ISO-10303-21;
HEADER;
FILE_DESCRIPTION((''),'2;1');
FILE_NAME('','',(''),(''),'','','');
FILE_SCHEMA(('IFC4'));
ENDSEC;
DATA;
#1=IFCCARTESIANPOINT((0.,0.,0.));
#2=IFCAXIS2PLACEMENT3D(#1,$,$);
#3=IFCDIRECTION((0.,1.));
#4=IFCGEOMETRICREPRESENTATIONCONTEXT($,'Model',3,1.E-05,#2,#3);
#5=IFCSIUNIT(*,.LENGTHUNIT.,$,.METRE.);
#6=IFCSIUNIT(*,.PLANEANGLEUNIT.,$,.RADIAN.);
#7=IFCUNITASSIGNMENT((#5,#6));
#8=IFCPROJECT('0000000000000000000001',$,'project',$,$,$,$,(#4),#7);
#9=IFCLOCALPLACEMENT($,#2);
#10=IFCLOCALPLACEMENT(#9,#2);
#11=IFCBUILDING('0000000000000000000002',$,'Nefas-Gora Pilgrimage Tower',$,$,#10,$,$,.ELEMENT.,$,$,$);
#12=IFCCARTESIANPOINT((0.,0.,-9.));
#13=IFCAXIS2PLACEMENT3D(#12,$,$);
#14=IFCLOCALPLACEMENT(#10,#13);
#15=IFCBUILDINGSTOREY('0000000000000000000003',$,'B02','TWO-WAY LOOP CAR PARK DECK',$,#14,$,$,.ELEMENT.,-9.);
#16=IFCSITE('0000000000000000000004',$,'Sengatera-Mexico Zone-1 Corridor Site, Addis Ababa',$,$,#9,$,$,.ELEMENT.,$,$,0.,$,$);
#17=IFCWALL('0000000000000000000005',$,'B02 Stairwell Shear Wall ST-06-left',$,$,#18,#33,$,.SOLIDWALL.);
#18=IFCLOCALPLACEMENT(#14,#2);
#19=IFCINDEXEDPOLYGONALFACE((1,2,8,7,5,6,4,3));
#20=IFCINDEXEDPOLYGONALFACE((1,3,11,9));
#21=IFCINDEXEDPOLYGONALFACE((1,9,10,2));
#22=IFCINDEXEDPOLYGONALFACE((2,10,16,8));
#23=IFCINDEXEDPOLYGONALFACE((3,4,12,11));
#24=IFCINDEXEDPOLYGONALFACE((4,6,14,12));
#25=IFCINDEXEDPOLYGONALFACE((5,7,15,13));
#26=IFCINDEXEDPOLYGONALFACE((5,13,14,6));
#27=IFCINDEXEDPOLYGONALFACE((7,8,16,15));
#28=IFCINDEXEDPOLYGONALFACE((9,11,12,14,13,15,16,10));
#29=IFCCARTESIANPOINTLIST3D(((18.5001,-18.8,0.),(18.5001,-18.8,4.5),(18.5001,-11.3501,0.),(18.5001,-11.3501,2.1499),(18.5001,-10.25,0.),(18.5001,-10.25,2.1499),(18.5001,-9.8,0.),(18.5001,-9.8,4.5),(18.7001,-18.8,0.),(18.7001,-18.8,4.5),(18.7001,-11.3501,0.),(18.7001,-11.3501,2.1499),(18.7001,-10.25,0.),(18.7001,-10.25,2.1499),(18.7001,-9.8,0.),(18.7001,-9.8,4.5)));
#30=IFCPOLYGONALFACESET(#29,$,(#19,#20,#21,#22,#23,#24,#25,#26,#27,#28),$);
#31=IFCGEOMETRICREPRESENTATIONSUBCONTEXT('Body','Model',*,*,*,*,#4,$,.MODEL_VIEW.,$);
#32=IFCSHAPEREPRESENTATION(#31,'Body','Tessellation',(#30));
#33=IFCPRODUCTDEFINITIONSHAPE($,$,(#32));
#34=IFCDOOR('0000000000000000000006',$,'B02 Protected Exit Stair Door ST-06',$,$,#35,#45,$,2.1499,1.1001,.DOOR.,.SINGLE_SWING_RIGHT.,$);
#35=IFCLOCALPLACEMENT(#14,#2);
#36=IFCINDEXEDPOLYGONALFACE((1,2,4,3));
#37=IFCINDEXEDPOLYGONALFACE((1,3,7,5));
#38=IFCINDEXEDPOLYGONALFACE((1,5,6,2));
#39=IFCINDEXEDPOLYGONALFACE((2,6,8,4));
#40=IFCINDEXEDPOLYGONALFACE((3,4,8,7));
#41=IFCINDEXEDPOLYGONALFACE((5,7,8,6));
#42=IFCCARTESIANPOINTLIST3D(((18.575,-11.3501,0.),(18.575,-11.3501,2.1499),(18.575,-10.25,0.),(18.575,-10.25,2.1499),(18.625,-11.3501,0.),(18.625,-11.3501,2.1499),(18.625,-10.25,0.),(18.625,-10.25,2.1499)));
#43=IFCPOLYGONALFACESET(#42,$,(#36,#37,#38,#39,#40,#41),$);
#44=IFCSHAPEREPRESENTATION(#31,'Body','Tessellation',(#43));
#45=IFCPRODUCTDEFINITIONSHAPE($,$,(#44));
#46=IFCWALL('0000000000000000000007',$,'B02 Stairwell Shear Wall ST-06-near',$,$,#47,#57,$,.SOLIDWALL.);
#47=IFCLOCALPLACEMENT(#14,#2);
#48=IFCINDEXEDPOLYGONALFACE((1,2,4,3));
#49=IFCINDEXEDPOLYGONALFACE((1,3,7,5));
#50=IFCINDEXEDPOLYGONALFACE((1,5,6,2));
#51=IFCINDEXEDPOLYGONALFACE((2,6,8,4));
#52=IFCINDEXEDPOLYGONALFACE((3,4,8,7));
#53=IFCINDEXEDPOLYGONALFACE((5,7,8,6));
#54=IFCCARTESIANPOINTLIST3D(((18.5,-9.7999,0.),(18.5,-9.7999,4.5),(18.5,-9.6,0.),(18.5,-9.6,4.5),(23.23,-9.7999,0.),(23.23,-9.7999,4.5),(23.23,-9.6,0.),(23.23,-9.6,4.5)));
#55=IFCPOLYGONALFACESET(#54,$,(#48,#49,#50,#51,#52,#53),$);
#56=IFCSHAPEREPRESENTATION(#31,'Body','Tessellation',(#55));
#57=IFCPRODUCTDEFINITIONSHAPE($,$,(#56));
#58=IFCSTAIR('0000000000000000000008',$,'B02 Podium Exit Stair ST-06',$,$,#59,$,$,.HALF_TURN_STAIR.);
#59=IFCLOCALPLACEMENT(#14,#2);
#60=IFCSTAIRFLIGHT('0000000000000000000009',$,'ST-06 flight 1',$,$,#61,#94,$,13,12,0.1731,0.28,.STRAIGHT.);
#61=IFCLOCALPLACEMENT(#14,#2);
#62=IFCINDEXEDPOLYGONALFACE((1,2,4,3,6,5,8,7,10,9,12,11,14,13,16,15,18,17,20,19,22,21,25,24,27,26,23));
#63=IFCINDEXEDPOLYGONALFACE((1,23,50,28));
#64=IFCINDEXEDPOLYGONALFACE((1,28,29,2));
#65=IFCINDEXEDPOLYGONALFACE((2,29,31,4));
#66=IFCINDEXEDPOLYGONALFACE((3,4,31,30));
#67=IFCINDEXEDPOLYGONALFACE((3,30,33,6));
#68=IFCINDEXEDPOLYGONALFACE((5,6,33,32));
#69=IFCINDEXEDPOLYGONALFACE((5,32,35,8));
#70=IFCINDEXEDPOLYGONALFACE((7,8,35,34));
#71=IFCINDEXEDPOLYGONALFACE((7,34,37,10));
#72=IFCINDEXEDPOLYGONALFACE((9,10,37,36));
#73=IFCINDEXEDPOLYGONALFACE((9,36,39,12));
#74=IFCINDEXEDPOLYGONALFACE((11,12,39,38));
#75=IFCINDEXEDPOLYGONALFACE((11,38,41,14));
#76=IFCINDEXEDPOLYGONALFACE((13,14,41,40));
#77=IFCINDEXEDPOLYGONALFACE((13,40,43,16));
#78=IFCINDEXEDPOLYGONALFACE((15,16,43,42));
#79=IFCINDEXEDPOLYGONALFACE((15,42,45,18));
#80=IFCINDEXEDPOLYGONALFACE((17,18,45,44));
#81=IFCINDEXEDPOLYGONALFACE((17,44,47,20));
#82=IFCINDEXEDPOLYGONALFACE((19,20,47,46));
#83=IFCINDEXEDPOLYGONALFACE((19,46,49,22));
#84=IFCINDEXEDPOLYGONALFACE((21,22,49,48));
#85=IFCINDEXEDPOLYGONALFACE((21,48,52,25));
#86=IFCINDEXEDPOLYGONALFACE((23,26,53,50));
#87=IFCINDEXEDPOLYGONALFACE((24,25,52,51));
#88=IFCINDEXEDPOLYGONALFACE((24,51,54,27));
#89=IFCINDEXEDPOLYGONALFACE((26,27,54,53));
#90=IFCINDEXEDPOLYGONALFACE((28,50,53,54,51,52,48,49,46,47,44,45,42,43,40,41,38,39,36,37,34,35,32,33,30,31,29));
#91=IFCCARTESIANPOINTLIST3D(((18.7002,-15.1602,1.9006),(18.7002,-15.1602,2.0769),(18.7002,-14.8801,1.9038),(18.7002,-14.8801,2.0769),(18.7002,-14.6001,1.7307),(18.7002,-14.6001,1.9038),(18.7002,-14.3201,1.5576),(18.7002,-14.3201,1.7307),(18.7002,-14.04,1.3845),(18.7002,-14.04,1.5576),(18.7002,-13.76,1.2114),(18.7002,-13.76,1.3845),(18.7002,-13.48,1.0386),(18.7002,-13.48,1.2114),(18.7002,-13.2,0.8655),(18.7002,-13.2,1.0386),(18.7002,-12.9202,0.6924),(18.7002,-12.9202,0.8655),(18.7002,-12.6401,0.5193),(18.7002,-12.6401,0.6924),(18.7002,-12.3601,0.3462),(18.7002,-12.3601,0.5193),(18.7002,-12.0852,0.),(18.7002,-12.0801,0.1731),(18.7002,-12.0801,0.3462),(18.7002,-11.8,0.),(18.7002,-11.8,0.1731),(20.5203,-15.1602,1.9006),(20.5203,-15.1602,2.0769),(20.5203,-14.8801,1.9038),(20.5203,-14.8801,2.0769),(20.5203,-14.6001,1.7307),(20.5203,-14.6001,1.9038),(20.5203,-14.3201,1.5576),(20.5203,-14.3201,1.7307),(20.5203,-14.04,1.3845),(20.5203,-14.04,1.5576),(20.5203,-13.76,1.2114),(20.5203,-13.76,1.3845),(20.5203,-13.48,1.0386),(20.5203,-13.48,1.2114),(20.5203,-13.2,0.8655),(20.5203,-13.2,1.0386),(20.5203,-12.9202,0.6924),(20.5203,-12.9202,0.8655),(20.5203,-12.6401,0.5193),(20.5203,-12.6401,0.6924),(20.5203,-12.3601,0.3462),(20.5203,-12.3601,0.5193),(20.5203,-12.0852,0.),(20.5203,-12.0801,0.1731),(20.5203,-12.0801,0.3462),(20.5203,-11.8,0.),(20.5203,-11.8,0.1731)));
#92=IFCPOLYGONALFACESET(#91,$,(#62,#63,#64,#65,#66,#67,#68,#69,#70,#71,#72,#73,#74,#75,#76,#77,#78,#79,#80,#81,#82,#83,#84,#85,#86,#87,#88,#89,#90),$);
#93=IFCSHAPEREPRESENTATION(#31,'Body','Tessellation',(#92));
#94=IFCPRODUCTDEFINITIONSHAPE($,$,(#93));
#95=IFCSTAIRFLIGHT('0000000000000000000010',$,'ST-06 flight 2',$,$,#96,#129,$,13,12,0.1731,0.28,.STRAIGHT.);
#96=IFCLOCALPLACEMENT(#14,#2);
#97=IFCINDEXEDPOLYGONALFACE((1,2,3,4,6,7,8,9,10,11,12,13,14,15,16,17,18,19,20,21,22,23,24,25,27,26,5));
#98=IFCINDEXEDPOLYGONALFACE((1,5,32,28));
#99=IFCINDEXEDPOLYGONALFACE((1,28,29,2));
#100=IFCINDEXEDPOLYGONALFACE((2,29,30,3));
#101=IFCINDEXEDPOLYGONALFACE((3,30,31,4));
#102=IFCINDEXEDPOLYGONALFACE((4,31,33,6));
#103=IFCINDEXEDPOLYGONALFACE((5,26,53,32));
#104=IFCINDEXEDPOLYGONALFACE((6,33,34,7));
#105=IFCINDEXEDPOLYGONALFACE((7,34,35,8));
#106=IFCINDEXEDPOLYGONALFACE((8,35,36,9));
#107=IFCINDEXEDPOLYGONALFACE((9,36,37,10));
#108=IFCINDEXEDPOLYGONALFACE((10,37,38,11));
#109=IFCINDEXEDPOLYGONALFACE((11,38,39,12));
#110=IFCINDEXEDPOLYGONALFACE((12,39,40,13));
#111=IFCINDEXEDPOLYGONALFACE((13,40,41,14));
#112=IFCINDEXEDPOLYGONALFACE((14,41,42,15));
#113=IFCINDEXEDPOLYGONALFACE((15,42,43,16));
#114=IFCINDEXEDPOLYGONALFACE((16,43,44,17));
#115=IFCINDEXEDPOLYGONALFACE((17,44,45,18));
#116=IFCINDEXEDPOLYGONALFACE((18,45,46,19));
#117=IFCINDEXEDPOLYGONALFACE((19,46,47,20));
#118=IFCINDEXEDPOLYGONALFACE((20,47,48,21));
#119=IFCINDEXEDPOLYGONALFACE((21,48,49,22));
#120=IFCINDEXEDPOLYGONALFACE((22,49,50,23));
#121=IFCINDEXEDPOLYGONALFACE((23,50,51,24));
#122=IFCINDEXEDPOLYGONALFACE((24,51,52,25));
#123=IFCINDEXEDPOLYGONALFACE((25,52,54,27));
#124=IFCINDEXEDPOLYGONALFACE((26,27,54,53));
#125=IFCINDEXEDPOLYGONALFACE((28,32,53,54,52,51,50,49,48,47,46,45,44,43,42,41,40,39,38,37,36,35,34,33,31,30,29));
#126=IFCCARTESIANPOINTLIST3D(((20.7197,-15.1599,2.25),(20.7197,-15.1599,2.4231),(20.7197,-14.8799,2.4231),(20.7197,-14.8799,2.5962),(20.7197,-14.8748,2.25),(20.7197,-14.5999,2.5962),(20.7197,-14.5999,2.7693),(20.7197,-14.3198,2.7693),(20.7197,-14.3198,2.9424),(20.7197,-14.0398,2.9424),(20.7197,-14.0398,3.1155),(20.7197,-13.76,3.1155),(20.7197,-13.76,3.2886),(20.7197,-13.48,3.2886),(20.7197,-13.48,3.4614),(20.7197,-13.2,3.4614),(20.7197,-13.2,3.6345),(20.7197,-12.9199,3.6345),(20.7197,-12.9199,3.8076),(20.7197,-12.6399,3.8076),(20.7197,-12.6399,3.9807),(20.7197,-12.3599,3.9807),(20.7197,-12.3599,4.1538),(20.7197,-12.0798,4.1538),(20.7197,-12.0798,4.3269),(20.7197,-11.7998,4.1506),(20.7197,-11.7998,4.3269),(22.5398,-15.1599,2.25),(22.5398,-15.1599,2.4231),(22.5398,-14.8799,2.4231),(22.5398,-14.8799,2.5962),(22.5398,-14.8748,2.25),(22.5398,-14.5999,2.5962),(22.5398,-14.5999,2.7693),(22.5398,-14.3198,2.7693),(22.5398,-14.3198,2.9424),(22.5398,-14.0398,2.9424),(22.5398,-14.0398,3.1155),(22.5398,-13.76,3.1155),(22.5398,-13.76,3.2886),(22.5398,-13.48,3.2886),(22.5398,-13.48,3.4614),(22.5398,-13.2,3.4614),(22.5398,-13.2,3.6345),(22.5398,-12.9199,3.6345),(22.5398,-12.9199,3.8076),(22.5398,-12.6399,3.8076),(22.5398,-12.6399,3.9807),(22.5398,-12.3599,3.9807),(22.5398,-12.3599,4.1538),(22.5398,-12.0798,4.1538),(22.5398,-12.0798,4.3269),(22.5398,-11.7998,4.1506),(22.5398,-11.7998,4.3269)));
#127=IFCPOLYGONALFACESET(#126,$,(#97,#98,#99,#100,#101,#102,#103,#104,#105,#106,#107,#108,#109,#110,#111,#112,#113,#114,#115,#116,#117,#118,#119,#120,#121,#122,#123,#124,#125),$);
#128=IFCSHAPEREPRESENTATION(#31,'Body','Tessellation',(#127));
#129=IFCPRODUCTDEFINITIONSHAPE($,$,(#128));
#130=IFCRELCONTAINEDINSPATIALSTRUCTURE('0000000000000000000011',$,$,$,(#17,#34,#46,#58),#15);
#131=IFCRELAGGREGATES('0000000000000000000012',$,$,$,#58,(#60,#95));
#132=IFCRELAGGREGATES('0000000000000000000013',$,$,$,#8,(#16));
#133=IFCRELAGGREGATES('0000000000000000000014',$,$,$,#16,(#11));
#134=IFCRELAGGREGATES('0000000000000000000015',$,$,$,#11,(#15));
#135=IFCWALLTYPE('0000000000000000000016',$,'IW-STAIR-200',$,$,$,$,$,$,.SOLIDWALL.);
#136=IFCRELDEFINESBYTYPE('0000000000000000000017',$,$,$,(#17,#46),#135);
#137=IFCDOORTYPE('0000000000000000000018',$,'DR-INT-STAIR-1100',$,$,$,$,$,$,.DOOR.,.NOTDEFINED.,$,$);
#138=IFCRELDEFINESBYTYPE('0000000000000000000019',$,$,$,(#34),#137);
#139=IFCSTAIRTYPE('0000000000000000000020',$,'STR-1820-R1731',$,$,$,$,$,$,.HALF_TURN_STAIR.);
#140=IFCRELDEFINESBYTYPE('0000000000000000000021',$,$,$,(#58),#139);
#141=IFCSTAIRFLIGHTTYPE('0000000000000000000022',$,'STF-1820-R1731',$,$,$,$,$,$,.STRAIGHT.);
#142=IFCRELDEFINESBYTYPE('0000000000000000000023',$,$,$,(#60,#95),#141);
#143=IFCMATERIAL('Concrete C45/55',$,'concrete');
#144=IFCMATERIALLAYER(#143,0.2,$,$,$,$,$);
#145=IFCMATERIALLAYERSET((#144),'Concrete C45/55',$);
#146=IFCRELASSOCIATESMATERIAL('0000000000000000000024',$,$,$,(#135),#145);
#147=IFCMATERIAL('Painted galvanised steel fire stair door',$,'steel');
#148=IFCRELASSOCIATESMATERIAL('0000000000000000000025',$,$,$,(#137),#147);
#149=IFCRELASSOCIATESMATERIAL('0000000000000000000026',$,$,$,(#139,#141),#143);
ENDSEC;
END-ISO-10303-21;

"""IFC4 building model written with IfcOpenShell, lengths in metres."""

from ifc_helpers import new_model, si_unit, direction, frame, frame_2d, origin, place, context, subcontext, project, spatial, polyline, rectangle, outline, extrude, source, transform, mapped, material, layer, layer_set, type_object, element, fill, aggregate, save


model = new_model("IFC4")

# Units and contexts
model_context = context("Model", 3, precision=1e-05, world=origin(), true_north=direction((0.0, 1.0)))
body_context = subcontext(model_context, "Body", "Model", "MODEL_VIEW")
ifc_project = project(units=[si_unit("LENGTHUNIT", "METRE"), si_unit("PLANEANGLEUNIT", "RADIAN")], contexts=[model_context])

# Site, building, storey
site_placement = place(None, origin())
site = spatial("IfcSite", under=ifc_project, at=site_placement, Name="Sengatera-Mexico Zone-1 Corridor Site, Addis Ababa", CompositionType="ELEMENT", RefElevation=0.0)
building_placement = place(site_placement, origin())
building = spatial("IfcBuilding", under=site, at=building_placement, Name="Nefas-Gora Pilgrimage Tower", CompositionType="ELEMENT")
storey_placement = place(building_placement, frame((0.0, 0.0, -9.0)))
storey = spatial("IfcBuildingStorey", under=building, at=storey_placement, Name="B02", Description="TWO-WAY LOOP CAR PARK DECK", CompositionType="ELEMENT", Elevation=-9.0)

# Shared definitions
ifc_material_1 = material(Name="Concrete C45/55", Category="concrete")

# Shared definitions
ifc_layer = layer(ifc_material_1, 0.2)
ifc_layer_set = layer_set([ifc_layer], Name="Concrete C45/55")
wall_type = type_object("IfcWallType", Name="IW-STAIR-200", PredefinedType="SOLIDWALL", material=ifc_layer_set)

# Wall, opening, door
shared_shape_1 = source(origin(), body_context, "Body", "SweptSolid", [
    extrude(rectangle(XDim=9.0, YDim=0.2, at=frame_2d((4.5, 0.0))), origin(), (0.0, 0.0, 1.0), 4.5),
])
wall_1_placement = place(storey_placement, frame((18.6001, -9.8, 0.0), z_axis=(0.0, 0.0, 1.0), x_axis=(0.0, -1.0, 0.0)))
wall_1 = element("IfcWall", 1, at=wall_1_placement, inside=storey, type_object=wall_type, Name="B02 Stairwell Shear Wall ST-06-left", PredefinedType="SOLIDWALL", context=body_context, shape_type="MappedRepresentation", body=[
    mapped(shared_shape_1, transform((0.0, 0.0, 0.0), x_axis=(1.0, 0.0, 0.0), y_axis=(0.0, 1.0, 0.0), z_axis=(0.0, 0.0, 1.0), scale=1.0)),
])
opening_placement = place(wall_1_placement, frame((0.45, 0.0, 0.0)))
opening = element("IfcOpeningElement", 2, at=opening_placement, cuts=wall_1, PredefinedType="OPENING", context=body_context, shape_type="SweptSolid", body=[
    extrude(rectangle(XDim=1.1001, YDim=2.1499, at=frame_2d((0.55, 1.075))), frame((0.0, 0.1099, 0.0), z_axis=(0.0, -1.0, 0.0), x_axis=(1.0, 0.0, 0.0)), (0.0, 0.0, 1.0), 0.22),
])
ifc_material_2 = material(Name="Painted galvanised steel fire stair door", Category="steel")
door_type = type_object("IfcDoorType", Name="DR-INT-STAIR-1100", OperationType="NOTDEFINED", PredefinedType="DOOR", material=ifc_material_2)
shared_shape_2 = source(origin(), body_context, "Body", "SweptSolid", [
    extrude(rectangle(XDim=1.1001, YDim=2.1499, at=frame_2d((0.55, 1.075))), frame((0.0, 0.0249, 0.0), z_axis=(0.0, -1.0, 0.0), x_axis=(1.0, 0.0, 0.0)), (0.0, 0.0, 1.0), 0.05),
])
door_placement = place(opening_placement, origin())
door = element("IfcDoor", 3, at=door_placement, inside=storey, type_object=door_type, Name="B02 Protected Exit Stair Door ST-06", OperationType="SINGLE_SWING_RIGHT", OverallHeight=2.1499, OverallWidth=1.1001, PredefinedType="DOOR", context=body_context, shape_type="MappedRepresentation", body=[
    mapped(shared_shape_2, transform((0.0, 0.0, 0.0), x_axis=(1.0, 0.0, 0.0), y_axis=(0.0, 1.0, 0.0), z_axis=(0.0, 0.0, 1.0), scale=1.0)),
])
fill(opening, door)

# Wall
shared_shape_3 = source(origin(), body_context, "Body", "SweptSolid", [
    extrude(rectangle(XDim=4.73, YDim=0.2, at=frame_2d((2.365, 0.0))), origin(), (0.0, 0.0, 1.0), 4.5),
])
wall_2_placement = place(storey_placement, frame((18.5, -9.7, 0.0), z_axis=(0.0, 0.0, 1.0), x_axis=(1.0, 0.0, 0.0)))
element("IfcWall", 4, at=wall_2_placement, inside=storey, type_object=wall_type, Name="B02 Stairwell Shear Wall ST-06-near", PredefinedType="SOLIDWALL", context=body_context, shape_type="MappedRepresentation", body=[
    mapped(shared_shape_3, transform((0.0, 0.0, 0.0), x_axis=(1.0, 0.0, 0.0), y_axis=(0.0, 1.0, 0.0), z_axis=(0.0, 0.0, 1.0), scale=1.0)),
])

# Stair, stair flights
stair_type = type_object("IfcStairType", Name="STR-1820-R1731", PredefinedType="HALF_TURN_STAIR", material=ifc_material_1)
stair_placement = place(storey_placement, origin())
stair = element("IfcStair", 5, at=stair_placement, inside=storey, type_object=stair_type, Name="B02 Podium Exit Stair ST-06", PredefinedType="HALF_TURN_STAIR")
stair_flight_type = type_object("IfcStairFlightType", Name="STF-1820-R1731", PredefinedType="STRAIGHT", material=ifc_material_1)
shared_shape_4 = source(origin(), body_context, "Body", "SweptSolid", [
    extrude(outline(polyline([(0.0, 0.0), (0.0, 0.1731), (0.28, 0.1731), (0.28, 0.3462), (0.5601, 0.3462), (0.5601, 0.5193), (0.8401, 0.5193), (0.8401, 0.6924), (1.1201, 0.6924), (1.1201, 0.8655), (1.3999, 0.8655), (1.3999, 1.0386), (1.6799, 1.0386), (1.6799, 1.2114), (1.96, 1.2114), (1.96, 1.3845), (2.24, 1.3845), (2.24, 1.5576), (2.52, 1.5576), (2.52, 1.7307), (2.8, 1.7307), (2.8, 1.9038), (3.0801, 1.9038), (3.0801, 2.0769), (3.3601, 2.0769), (3.3601, 2.25), (3.3601, 1.9006), (0.2852, 0.0), (0.0, 0.0)])), frame((0.0, 0.9102, 0.0), z_axis=(0.0, -1.0, 0.0), x_axis=(1.0, 0.0, 0.0)), (0.0, 0.0, 1.0), 1.8201),
])
stair_flight_1_placement = place(storey_placement, frame((19.6101, -11.8, 0.0), z_axis=(0.0, 0.0, 1.0), x_axis=(0.0, -1.0, 0.0)))
stair_flight_1 = element("IfcStairFlight", 6, at=stair_flight_1_placement, type_object=stair_flight_type, Name="ST-06 flight 1", NumberOfRisers=13, NumberOfTreads=12, PredefinedType="STRAIGHT", RiserHeight=0.1731, TreadLength=0.28, context=body_context, shape_type="MappedRepresentation", body=[
    mapped(shared_shape_4, transform((0.0, 0.0, 0.0), x_axis=(1.0, 0.0, 0.0), y_axis=(0.0, 1.0, 0.0), z_axis=(0.0, 0.0, 1.0), scale=1.0)),
])
stair_flight_2_placement = place(storey_placement, frame((21.6299, -15.1599, 2.25), z_axis=(0.0, 0.0, 1.0), x_axis=(0.0, 1.0, 0.0)))
stair_flight_2 = element("IfcStairFlight", 7, at=stair_flight_2_placement, type_object=stair_flight_type, Name="ST-06 flight 2", NumberOfRisers=13, NumberOfTreads=12, PredefinedType="STRAIGHT", RiserHeight=0.1731, TreadLength=0.28, context=body_context, shape_type="MappedRepresentation", body=[
    mapped(shared_shape_4, transform((0.0, 0.0, 0.0), x_axis=(1.0, 0.0, 0.0), y_axis=(0.0, 1.0, 0.0), z_axis=(0.0, 0.0, 1.0), scale=1.0)),
])
aggregate(stair, [stair_flight_1, stair_flight_2])

save(model, "model.ifc")
